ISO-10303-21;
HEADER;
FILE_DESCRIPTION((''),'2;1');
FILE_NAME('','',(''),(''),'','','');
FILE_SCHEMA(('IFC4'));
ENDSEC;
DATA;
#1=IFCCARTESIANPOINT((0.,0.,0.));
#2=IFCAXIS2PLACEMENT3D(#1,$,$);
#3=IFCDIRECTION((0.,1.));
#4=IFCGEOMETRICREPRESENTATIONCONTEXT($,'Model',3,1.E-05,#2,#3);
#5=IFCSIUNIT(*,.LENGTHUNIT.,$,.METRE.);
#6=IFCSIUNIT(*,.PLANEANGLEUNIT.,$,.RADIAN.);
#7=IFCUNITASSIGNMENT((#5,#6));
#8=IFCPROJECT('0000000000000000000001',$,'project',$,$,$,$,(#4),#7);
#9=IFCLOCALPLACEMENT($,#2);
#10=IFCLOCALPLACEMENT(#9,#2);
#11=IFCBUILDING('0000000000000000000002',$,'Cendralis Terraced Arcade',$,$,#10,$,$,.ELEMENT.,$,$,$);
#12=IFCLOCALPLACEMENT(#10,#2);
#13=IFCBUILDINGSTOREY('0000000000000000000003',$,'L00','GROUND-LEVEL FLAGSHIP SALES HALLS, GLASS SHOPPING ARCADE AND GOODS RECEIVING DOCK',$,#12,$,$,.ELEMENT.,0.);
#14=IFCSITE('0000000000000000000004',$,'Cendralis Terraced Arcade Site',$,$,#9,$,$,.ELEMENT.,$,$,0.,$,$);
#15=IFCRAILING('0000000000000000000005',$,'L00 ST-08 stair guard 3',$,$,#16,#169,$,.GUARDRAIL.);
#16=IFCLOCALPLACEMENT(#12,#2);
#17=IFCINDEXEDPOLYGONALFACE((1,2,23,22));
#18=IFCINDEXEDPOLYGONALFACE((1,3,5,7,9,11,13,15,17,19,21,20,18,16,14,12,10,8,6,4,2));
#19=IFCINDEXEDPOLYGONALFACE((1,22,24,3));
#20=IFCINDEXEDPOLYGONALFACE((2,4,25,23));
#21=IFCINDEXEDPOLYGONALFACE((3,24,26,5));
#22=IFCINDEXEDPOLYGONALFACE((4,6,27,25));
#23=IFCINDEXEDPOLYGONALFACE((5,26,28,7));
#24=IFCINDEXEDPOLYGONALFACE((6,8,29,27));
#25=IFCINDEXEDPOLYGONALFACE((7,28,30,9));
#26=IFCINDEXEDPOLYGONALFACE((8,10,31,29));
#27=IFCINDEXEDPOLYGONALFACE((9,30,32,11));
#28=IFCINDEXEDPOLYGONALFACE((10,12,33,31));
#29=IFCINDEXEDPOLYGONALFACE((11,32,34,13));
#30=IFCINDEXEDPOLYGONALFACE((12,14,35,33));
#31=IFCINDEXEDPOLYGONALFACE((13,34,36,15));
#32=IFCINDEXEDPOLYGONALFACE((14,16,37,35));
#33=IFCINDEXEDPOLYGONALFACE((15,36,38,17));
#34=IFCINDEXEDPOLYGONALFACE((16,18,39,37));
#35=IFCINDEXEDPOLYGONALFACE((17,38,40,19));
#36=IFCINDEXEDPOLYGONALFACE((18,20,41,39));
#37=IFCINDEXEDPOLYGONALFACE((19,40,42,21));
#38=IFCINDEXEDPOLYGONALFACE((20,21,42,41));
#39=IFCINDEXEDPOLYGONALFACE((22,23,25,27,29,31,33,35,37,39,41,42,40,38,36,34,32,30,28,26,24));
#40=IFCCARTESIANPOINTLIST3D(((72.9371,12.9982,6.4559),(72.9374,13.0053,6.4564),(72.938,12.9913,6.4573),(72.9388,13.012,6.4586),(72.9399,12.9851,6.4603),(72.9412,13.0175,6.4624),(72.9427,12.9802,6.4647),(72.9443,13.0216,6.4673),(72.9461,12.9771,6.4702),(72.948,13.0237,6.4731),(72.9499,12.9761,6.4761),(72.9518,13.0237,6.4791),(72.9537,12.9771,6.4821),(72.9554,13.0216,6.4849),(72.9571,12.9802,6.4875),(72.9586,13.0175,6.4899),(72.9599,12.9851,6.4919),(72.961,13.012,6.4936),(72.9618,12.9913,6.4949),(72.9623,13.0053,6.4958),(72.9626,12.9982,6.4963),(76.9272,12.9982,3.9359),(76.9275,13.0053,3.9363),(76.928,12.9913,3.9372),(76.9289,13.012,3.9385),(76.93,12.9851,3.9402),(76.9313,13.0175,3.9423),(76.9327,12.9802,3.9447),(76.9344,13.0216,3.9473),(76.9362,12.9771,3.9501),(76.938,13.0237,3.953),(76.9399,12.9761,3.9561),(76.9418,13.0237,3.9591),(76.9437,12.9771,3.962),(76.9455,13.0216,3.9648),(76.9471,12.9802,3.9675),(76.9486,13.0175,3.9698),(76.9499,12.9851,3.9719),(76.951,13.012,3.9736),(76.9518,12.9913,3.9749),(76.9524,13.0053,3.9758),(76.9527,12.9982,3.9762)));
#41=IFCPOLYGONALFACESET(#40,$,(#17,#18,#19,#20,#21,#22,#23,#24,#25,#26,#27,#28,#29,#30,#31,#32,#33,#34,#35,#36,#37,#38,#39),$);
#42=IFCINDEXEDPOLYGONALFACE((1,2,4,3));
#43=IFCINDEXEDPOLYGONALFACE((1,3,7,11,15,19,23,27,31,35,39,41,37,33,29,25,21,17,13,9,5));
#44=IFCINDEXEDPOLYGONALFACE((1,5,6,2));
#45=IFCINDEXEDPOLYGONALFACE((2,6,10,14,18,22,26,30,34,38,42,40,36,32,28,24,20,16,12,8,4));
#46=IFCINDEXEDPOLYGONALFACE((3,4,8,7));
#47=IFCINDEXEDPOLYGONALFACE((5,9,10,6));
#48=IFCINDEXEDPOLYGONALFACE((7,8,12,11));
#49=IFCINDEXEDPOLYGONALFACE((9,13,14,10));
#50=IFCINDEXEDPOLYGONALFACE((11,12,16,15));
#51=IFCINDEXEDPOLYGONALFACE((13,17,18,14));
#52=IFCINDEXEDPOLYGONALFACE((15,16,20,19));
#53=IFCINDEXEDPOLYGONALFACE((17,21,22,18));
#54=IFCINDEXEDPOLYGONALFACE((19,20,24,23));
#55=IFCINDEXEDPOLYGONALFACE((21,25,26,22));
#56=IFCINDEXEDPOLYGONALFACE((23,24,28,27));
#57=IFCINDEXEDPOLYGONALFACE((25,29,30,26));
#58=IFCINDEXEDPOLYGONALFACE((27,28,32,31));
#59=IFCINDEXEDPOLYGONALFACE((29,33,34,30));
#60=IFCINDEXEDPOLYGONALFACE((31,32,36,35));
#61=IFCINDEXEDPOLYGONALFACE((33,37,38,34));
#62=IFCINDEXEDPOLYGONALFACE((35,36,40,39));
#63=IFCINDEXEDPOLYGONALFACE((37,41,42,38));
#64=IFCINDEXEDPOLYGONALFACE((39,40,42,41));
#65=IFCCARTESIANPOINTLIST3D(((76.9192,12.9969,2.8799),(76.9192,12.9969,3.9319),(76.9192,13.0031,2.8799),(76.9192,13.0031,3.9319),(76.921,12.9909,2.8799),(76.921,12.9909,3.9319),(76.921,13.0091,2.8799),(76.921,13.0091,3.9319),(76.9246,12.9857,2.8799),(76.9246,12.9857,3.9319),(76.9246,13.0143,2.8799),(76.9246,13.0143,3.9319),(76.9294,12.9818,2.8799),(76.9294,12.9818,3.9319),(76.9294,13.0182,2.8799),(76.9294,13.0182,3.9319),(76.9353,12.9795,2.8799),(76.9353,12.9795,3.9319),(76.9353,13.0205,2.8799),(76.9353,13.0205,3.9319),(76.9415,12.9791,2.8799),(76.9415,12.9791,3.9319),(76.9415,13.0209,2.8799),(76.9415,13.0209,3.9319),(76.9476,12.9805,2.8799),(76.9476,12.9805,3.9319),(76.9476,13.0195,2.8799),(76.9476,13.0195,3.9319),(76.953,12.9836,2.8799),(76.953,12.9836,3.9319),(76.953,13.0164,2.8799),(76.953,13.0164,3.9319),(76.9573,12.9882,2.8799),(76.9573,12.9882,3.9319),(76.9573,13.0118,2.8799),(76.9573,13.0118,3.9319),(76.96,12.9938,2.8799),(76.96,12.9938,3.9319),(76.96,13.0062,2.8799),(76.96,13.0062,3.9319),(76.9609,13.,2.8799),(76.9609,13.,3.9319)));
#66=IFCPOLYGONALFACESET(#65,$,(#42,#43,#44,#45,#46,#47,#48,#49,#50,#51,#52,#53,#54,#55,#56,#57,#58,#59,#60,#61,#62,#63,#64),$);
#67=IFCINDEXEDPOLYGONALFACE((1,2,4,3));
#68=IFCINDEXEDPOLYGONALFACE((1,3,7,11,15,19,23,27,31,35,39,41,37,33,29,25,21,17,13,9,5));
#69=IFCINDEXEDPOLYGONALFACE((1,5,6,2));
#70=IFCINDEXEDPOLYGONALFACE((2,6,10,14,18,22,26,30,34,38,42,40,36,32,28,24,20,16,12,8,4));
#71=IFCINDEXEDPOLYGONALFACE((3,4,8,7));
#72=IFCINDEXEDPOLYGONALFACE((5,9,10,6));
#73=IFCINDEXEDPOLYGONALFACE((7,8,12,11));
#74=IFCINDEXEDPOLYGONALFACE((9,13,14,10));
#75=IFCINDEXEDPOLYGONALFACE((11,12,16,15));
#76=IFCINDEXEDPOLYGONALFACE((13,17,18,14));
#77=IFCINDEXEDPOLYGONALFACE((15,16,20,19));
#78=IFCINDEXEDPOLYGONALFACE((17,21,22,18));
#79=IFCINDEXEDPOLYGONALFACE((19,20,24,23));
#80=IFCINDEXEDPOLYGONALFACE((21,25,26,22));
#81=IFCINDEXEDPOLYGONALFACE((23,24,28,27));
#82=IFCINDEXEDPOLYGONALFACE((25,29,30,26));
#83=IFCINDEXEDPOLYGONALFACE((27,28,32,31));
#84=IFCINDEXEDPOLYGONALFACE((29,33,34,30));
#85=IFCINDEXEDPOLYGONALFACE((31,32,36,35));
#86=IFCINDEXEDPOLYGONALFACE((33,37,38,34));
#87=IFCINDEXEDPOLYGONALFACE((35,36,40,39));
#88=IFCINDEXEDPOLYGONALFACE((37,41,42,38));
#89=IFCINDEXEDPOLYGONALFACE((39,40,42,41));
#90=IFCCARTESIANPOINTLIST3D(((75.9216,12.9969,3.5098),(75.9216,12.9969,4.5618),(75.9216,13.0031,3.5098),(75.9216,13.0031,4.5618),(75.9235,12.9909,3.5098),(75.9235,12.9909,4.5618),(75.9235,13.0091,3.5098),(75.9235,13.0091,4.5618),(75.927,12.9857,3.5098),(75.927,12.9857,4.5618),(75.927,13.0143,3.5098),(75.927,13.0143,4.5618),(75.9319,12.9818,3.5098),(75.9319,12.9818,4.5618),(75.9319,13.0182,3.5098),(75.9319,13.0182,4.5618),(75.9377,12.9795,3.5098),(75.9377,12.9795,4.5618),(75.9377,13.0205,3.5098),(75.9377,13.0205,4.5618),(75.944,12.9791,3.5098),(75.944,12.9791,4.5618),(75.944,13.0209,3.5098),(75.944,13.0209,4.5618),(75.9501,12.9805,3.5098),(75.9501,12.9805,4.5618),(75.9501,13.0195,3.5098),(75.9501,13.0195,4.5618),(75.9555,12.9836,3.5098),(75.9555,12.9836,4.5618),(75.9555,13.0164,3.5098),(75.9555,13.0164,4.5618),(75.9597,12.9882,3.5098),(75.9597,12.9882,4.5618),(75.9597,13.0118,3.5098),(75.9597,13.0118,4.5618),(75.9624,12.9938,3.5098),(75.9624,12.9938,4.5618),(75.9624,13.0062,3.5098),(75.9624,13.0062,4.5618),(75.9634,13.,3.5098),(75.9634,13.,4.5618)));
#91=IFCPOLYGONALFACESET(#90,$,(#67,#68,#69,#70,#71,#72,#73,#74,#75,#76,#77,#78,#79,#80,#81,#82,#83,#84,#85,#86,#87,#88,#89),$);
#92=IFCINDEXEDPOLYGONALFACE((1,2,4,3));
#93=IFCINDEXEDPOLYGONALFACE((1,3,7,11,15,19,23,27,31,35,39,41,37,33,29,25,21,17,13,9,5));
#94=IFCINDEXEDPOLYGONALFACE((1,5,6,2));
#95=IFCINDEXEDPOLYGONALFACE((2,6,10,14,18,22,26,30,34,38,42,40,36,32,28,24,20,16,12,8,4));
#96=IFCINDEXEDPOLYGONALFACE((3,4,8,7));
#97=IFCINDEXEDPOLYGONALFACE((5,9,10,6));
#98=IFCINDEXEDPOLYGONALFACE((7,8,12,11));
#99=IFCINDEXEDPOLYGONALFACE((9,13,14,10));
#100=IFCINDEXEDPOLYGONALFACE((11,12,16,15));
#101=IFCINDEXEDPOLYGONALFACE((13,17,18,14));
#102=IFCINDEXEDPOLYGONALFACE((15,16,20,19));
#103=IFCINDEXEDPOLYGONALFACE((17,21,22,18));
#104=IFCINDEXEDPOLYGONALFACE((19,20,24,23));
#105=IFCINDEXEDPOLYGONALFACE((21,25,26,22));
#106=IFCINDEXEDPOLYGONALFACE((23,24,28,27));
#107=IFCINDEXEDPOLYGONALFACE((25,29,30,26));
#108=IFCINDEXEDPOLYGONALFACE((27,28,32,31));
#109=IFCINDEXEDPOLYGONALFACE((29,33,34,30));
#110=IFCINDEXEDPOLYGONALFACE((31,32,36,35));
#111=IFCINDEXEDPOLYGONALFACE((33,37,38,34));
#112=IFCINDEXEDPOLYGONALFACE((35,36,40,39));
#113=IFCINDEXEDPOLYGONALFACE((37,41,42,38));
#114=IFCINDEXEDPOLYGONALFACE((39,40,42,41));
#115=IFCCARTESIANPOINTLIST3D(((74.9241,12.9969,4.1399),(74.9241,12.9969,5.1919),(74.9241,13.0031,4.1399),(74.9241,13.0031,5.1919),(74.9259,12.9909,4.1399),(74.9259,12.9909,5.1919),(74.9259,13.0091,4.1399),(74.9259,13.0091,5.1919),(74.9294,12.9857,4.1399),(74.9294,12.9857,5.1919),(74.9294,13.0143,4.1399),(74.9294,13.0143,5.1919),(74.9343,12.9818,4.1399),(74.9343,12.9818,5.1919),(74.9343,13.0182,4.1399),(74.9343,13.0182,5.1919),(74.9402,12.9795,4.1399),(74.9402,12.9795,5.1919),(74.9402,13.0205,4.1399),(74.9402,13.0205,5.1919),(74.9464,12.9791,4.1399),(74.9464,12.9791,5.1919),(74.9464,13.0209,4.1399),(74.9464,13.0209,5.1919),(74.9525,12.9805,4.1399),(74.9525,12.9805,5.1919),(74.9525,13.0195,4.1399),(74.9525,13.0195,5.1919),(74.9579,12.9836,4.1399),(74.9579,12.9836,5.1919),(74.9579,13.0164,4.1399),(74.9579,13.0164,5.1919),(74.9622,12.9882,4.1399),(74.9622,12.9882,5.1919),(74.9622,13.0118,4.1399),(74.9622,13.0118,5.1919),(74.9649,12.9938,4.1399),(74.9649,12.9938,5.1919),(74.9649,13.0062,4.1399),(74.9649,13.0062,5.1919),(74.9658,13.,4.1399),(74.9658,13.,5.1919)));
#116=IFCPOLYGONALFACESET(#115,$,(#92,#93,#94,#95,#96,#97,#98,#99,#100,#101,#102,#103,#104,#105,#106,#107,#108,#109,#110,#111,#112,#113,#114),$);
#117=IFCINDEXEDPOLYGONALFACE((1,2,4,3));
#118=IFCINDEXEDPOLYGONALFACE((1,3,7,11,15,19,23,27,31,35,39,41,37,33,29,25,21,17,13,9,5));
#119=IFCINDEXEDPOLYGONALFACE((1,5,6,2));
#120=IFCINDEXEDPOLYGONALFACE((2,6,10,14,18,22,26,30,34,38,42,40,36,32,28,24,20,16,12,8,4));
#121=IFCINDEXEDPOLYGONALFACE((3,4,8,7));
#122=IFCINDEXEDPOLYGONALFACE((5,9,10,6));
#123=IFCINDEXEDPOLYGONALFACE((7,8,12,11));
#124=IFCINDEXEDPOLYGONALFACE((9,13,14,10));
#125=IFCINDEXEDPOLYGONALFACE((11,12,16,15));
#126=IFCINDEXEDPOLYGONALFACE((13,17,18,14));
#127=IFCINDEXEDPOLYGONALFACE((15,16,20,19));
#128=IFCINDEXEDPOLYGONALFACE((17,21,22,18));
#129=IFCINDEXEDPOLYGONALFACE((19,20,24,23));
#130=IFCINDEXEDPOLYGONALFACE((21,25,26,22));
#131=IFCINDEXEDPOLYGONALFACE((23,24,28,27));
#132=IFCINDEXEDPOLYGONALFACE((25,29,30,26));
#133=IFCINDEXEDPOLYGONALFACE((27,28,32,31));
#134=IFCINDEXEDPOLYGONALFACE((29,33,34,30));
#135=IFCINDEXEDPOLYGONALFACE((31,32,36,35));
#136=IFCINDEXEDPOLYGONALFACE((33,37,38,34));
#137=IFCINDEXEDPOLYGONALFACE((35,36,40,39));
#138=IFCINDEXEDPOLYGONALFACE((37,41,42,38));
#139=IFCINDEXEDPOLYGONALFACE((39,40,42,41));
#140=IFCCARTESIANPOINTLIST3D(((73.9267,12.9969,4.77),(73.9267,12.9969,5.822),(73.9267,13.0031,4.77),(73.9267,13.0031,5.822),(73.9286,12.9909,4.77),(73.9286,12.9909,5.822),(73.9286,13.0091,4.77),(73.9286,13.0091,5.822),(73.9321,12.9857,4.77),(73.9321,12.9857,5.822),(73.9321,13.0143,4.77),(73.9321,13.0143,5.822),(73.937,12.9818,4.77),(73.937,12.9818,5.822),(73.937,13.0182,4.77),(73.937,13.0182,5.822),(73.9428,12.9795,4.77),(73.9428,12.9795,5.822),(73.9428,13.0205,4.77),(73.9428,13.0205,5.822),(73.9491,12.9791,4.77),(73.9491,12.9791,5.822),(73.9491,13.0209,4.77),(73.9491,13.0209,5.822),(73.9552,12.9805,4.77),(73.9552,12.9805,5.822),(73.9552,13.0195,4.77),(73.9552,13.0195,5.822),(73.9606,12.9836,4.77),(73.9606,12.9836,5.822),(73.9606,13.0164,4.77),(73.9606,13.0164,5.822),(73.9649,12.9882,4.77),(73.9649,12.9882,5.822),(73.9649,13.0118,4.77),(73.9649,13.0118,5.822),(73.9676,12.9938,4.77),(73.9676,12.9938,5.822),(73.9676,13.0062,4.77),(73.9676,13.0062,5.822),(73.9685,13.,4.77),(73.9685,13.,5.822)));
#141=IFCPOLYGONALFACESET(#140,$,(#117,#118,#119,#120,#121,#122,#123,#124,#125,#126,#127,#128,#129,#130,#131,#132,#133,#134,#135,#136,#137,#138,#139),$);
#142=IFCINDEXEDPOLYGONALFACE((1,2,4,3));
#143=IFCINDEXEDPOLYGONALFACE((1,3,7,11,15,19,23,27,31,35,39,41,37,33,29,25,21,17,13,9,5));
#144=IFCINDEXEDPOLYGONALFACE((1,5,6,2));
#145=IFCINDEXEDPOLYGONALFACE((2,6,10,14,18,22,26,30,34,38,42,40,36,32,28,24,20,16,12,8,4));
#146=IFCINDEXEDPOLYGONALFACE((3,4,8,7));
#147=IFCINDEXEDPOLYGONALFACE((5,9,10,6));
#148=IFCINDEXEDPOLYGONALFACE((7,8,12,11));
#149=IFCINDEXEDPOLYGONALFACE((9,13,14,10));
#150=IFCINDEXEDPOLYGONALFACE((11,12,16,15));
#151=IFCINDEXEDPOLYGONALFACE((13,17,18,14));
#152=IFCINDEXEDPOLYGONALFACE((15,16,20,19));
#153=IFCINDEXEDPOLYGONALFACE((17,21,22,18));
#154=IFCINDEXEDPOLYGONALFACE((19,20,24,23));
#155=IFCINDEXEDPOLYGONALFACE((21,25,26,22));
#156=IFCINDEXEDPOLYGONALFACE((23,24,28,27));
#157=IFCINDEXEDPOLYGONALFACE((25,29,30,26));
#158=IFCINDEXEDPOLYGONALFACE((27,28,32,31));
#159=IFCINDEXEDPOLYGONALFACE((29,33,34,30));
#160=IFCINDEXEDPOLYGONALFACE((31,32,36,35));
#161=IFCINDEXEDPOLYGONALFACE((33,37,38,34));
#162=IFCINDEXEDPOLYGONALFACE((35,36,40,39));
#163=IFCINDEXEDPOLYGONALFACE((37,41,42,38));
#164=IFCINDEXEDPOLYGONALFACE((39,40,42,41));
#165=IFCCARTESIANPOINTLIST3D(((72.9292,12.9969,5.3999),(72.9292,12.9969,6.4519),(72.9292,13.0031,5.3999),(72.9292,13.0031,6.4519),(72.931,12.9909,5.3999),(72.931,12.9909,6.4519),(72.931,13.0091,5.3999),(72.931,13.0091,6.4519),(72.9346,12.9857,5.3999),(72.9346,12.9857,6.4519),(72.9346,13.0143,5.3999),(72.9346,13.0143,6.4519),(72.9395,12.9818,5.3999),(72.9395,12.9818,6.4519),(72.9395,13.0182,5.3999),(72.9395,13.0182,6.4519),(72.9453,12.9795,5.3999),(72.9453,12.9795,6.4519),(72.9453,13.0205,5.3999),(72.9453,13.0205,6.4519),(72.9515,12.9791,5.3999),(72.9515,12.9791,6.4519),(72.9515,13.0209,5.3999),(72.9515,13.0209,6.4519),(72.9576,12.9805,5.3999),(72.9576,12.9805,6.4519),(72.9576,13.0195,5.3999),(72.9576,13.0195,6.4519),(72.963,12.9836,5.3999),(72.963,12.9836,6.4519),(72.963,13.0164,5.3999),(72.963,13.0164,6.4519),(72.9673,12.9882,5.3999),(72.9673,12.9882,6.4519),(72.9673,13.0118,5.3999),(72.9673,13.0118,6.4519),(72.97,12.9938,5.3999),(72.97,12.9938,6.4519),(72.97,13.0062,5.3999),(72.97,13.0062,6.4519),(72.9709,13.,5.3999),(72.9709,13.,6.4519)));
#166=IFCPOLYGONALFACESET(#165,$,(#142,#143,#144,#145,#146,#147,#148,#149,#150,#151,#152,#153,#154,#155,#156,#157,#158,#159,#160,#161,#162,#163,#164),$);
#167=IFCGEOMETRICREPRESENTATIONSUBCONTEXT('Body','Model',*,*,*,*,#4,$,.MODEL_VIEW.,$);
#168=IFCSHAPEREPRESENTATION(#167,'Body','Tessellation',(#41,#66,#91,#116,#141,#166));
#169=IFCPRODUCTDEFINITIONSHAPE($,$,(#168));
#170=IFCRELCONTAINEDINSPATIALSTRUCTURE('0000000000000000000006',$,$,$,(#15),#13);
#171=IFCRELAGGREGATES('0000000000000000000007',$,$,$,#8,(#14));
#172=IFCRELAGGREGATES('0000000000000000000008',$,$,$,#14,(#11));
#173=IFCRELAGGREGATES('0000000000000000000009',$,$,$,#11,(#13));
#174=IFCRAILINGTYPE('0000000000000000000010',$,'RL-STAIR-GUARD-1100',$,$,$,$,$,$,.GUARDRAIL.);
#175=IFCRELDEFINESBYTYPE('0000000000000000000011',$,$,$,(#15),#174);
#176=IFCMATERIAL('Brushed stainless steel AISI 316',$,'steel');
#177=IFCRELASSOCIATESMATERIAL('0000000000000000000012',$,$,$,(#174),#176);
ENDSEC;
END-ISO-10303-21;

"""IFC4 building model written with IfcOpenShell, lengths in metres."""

from ifc_helpers import new_model, si_unit, direction, frame, origin, origin_2d, place, context, subcontext, project, spatial, circle, extrude, material, type_object, element, save


model = new_model("IFC4")

# Units and contexts
model_context = context("Model", 3, precision=1e-05, world=origin(), true_north=direction((0.0, 1.0)))
body_context = subcontext(model_context, "Body", "Model", "MODEL_VIEW")
ifc_project = project(units=[si_unit("LENGTHUNIT", "METRE"), si_unit("PLANEANGLEUNIT", "RADIAN")], contexts=[model_context])

# Site, building, storey
site_placement = place(None, origin())
site = spatial("IfcSite", under=ifc_project, at=site_placement, Name="Cendralis Terraced Arcade Site", CompositionType="ELEMENT", RefElevation=0.0)
building_placement = place(site_placement, origin())
building = spatial("IfcBuilding", under=site, at=building_placement, Name="Cendralis Terraced Arcade", CompositionType="ELEMENT")
storey_placement = place(building_placement, origin())
storey = spatial("IfcBuildingStorey", under=building, at=storey_placement, Name="L00", Description="GROUND-LEVEL FLAGSHIP SALES HALLS, GLASS SHOPPING ARCADE AND GOODS RECEIVING DOCK", CompositionType="ELEMENT", Elevation=0.0)

# Railing
ifc_material_1 = material(Name="Brushed stainless steel AISI 316", Category="steel")
railing_type_1 = type_object("IfcRailingType", Name="RL-STAIR-GUARD-1100", PredefinedType="GUARDRAIL", material=ifc_material_1)
railing_1_placement = place(storey_placement, frame((76.9399, 13.0, 2.8799)))
element("IfcRailing", 1, at=railing_1_placement, inside=storey, type_object=railing_type_1, Name="L00 ST-08 stair guard 3", PredefinedType="GUARDRAIL", context=body_context, shape_type="SweptSolid", body=[
    extrude(circle(Radius=0.0239, at=origin_2d()), frame((0.0, 0.0, 1.0762), z_axis=(-0.845486, 0.0, 0.533997), x_axis=(0.0, -1.0, 0.0)), (0.0, 0.0, 1.0), 4.7192),
    extrude(circle(Radius=0.021, at=origin_2d()), origin(), (0.0, 0.0, 1.0), 1.052),
    extrude(circle(Radius=0.021, at=origin_2d()), frame((-0.9976, 0.0, 0.6299)), (0.0, 0.0, 1.0), 1.052),
    extrude(circle(Radius=0.021, at=origin_2d()), frame((-1.9951, 0.0, 1.26)), (0.0, 0.0, 1.0), 1.052),
    extrude(circle(Radius=0.021, at=origin_2d()), frame((-2.9924, 0.0, 1.8901)), (0.0, 0.0, 1.0), 1.052),
    extrude(circle(Radius=0.021, at=origin_2d()), frame((-3.99, 0.0, 2.52)), (0.0, 0.0, 1.0), 1.052),
])

save(model, "model.ifc")
